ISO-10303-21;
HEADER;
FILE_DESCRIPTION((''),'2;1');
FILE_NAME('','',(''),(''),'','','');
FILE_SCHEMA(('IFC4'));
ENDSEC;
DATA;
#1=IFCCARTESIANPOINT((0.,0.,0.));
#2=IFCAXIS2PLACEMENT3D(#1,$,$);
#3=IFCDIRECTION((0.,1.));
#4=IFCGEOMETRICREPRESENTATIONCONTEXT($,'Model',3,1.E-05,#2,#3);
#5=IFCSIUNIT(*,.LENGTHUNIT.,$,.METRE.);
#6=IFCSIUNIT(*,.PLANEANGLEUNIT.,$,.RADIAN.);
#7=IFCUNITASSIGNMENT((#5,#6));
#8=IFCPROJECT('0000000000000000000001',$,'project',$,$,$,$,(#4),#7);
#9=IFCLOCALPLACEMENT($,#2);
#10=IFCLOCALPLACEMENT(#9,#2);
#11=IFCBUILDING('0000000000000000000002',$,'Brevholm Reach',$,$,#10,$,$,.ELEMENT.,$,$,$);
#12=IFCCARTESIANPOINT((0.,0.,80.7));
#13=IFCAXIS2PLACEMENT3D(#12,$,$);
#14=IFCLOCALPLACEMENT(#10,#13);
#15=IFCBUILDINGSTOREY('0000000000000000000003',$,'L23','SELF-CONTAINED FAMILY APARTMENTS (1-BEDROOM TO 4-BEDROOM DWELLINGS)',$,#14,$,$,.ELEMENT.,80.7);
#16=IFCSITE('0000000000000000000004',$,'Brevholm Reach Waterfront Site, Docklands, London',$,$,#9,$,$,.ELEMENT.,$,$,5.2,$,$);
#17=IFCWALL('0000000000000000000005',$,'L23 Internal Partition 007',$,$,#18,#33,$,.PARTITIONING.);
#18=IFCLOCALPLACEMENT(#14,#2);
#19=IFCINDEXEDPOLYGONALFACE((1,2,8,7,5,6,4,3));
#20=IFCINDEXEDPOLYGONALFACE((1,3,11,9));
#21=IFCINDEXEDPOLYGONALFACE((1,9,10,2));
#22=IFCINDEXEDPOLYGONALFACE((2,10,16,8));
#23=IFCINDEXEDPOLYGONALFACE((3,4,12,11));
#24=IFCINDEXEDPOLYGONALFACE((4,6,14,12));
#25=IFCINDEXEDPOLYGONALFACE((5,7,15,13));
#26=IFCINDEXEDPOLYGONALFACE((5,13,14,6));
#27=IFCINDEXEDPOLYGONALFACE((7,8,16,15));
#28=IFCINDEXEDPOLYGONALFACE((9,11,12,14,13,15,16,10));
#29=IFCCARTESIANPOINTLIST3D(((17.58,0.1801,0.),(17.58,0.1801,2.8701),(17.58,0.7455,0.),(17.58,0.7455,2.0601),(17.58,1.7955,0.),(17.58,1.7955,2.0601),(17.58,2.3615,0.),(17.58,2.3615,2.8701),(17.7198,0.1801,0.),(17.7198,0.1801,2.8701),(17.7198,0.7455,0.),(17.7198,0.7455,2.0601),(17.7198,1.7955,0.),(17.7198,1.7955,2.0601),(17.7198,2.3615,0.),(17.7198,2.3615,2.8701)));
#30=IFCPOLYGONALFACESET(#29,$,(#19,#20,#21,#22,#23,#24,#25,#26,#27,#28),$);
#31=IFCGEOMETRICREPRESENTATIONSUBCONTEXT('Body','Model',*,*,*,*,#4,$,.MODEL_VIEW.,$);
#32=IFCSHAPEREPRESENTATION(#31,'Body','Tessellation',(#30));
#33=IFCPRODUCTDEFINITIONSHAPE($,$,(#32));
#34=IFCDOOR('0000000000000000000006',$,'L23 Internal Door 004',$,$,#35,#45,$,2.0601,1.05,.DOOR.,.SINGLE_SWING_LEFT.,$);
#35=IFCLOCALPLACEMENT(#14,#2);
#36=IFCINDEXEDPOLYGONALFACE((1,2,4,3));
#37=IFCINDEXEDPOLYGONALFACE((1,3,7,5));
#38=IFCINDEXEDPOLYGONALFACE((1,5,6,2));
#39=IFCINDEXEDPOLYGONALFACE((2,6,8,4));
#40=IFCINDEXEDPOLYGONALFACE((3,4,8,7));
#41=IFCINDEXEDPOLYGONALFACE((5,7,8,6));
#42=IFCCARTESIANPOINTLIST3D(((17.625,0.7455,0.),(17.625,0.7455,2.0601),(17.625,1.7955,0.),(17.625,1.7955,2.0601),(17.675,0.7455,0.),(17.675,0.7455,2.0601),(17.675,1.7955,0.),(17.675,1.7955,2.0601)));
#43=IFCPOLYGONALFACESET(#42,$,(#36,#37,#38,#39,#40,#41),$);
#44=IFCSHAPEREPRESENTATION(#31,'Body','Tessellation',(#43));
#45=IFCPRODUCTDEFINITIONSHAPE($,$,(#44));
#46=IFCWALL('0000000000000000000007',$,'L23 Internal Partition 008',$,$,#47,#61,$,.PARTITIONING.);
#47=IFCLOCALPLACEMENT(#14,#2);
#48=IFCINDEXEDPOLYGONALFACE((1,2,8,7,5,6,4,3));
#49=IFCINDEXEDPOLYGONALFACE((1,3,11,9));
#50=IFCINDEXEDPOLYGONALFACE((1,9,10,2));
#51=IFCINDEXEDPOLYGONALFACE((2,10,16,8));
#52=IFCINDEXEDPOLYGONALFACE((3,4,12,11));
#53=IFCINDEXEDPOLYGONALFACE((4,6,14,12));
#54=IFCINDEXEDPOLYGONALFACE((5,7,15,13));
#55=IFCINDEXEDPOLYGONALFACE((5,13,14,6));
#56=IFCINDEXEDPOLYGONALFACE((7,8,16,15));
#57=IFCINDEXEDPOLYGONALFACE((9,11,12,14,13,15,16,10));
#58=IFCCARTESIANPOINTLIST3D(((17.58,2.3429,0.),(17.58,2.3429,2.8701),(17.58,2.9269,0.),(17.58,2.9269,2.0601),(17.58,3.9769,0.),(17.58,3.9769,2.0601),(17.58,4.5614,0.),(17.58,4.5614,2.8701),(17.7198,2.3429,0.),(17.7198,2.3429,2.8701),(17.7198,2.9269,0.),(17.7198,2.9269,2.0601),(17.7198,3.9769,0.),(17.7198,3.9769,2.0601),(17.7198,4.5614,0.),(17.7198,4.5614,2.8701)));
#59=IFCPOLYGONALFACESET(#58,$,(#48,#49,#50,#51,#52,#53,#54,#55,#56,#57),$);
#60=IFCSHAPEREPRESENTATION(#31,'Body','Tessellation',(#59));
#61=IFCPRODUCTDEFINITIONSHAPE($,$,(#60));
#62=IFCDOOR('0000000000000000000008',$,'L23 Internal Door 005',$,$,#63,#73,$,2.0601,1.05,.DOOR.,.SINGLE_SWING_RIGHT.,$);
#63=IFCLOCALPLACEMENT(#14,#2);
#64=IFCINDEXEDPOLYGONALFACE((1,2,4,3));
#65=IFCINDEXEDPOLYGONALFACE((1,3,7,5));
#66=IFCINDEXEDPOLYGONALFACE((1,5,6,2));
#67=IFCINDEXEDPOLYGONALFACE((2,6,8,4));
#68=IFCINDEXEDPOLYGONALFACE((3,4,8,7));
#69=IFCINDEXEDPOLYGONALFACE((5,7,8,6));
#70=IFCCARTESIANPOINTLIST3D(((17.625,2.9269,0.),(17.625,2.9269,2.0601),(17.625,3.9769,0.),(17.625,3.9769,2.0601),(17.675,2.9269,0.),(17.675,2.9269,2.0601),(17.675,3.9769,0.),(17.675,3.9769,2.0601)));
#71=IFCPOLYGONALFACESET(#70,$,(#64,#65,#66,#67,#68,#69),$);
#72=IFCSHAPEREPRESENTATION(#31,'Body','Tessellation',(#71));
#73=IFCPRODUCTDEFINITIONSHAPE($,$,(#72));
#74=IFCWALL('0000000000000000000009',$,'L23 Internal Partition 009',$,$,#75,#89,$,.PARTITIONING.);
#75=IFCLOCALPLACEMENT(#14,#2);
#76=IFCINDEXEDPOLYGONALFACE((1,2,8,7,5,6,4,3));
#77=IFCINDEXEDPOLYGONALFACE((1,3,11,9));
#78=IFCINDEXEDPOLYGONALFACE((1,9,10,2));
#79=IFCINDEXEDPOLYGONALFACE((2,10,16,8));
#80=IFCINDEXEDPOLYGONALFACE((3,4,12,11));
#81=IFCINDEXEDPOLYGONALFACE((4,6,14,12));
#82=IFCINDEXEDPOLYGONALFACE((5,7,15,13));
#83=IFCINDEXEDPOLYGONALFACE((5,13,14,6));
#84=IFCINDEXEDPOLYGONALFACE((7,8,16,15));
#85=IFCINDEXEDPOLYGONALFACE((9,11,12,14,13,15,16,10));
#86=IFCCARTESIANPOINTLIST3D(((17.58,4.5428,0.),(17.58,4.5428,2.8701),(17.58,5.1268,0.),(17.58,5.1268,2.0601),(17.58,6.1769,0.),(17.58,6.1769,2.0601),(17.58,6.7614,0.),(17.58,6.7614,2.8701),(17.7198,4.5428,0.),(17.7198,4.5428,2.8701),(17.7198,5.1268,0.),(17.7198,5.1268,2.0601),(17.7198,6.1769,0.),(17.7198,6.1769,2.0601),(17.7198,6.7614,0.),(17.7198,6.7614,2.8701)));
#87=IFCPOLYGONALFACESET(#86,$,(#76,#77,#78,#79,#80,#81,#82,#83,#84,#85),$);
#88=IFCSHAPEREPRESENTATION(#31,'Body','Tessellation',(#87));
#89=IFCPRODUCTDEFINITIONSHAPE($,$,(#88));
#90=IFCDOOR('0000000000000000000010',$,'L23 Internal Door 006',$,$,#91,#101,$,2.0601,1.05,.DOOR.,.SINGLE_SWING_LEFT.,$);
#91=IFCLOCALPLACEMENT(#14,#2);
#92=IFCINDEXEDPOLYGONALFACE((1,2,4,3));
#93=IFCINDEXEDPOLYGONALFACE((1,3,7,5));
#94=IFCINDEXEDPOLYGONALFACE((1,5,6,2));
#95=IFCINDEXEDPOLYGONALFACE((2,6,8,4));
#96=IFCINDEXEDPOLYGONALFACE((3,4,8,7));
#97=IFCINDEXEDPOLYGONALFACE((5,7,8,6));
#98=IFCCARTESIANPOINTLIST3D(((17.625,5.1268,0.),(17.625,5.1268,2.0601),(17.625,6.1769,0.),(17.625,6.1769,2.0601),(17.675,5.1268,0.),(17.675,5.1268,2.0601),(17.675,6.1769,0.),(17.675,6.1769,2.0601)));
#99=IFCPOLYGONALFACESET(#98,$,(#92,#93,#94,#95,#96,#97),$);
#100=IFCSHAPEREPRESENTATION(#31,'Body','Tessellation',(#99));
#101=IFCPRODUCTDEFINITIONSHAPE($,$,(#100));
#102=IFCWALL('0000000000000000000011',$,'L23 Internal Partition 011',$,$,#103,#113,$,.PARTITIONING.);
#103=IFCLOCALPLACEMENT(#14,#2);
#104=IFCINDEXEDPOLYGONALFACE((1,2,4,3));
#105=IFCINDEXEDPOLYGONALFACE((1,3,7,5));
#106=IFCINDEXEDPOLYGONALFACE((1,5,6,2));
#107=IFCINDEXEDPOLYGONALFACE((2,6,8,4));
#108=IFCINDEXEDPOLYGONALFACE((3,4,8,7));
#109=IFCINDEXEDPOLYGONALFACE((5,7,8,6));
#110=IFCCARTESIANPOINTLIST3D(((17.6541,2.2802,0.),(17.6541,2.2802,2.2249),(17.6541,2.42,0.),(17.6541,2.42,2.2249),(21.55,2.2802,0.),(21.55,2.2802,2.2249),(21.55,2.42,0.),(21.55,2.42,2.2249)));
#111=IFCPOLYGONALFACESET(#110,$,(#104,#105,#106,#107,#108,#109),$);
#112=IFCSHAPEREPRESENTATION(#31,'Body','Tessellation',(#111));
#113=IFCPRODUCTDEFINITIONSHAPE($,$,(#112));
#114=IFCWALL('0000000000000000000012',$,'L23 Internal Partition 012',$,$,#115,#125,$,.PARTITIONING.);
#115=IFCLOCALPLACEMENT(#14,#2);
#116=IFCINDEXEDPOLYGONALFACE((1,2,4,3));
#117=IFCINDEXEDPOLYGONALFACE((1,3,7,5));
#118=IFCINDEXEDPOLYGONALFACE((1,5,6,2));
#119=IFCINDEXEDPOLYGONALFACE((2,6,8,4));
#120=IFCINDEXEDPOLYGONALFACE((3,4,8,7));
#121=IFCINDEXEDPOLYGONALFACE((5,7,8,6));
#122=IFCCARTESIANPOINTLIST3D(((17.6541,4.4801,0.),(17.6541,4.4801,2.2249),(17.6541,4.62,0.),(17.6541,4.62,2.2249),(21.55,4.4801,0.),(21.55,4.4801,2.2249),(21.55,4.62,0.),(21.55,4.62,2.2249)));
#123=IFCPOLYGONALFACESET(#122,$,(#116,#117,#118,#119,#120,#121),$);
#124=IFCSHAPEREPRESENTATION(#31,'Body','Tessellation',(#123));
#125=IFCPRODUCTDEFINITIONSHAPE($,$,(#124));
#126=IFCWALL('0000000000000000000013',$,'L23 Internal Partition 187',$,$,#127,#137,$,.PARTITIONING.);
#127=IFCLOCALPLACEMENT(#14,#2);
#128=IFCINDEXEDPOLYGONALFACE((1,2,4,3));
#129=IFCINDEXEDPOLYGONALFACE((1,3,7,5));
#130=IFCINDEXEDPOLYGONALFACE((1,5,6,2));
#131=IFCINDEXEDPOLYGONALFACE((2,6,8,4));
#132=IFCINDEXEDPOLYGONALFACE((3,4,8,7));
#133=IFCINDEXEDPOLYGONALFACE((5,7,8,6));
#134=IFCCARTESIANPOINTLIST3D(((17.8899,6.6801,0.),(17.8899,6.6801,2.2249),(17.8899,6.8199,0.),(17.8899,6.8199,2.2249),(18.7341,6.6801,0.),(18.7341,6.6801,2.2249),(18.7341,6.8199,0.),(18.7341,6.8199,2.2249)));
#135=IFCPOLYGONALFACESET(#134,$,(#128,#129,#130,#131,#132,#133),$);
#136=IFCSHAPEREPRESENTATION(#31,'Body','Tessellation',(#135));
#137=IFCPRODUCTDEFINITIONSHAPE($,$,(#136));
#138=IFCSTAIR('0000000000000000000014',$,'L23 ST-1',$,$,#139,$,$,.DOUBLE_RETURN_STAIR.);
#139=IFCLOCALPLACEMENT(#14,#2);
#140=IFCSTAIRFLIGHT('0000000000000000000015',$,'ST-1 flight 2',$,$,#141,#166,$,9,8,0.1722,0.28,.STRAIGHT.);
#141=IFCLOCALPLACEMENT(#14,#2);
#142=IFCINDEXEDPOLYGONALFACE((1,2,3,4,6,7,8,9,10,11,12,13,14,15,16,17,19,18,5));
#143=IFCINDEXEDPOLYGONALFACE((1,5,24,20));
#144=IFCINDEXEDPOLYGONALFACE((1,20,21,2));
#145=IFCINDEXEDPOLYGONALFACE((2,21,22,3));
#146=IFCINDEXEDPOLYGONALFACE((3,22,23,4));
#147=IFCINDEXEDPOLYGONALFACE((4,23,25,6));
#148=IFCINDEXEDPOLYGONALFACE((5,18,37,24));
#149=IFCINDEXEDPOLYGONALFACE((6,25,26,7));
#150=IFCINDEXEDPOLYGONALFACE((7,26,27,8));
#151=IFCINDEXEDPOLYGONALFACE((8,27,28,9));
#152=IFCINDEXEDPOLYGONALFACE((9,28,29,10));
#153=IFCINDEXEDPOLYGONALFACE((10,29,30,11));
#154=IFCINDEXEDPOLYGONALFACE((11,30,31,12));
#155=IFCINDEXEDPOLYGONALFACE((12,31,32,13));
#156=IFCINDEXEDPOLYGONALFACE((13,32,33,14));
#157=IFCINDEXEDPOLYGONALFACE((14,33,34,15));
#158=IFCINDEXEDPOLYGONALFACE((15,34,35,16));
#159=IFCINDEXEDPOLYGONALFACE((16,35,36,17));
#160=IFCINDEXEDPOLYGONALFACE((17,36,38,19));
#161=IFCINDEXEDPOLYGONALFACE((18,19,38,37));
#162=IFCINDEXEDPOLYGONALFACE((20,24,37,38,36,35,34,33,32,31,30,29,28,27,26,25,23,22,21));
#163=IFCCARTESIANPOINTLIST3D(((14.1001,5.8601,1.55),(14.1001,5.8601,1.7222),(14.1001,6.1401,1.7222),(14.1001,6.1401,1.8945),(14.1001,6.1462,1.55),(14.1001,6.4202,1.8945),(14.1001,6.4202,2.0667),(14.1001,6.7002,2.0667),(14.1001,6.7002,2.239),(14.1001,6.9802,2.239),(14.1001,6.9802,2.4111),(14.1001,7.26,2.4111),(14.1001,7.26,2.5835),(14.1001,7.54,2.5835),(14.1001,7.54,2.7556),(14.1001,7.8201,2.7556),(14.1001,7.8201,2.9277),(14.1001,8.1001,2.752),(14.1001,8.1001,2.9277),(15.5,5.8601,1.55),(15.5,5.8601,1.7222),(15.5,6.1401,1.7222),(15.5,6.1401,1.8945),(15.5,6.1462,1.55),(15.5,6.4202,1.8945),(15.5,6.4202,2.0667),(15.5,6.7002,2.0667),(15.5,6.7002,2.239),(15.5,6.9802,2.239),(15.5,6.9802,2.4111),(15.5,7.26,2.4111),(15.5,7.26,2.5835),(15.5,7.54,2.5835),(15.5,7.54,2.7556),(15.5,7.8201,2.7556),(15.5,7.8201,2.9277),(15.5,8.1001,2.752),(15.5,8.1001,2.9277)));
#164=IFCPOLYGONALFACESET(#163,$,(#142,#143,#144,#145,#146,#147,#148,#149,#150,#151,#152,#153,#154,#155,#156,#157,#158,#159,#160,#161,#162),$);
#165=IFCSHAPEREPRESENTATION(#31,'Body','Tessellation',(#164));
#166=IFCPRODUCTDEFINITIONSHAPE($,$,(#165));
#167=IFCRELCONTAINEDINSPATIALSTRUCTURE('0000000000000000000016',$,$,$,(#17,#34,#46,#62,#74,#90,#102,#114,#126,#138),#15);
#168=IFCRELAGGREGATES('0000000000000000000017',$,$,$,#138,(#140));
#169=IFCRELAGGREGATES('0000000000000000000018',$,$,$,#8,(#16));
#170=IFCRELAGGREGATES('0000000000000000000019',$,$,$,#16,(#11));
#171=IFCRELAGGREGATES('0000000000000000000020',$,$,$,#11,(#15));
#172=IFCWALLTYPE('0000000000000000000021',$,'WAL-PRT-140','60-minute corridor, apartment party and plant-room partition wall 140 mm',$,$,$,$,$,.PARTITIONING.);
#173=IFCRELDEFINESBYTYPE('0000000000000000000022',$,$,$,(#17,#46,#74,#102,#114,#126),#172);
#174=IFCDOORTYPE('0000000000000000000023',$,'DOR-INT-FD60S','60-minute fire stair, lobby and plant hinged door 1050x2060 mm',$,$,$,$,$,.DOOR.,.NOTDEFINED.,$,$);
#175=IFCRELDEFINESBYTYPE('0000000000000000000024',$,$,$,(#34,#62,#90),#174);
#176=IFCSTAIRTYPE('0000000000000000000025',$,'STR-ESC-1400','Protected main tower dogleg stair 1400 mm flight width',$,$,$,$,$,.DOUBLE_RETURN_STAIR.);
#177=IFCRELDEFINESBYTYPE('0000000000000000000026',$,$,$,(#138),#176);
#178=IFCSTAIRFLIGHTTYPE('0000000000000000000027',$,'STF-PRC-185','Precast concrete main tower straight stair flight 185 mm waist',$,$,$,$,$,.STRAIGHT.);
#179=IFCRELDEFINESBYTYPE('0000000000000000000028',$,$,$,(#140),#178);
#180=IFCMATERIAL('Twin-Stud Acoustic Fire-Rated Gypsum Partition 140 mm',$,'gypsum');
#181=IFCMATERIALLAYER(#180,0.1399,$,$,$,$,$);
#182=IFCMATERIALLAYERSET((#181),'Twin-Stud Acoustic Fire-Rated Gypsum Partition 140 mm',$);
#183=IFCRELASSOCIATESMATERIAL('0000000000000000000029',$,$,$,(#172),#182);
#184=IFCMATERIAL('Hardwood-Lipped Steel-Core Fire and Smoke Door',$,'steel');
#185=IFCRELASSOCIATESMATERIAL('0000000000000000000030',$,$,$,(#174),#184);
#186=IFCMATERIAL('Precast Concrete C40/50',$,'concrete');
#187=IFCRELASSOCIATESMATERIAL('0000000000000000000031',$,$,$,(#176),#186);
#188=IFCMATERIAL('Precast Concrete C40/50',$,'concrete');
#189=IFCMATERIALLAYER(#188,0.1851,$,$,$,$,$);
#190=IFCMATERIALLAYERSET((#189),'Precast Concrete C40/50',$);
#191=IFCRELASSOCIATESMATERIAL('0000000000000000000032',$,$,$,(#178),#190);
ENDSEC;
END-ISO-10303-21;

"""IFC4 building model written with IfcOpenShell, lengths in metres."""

from ifc_helpers import new_model, si_unit, direction, frame, frame_2d, origin, place, context, subcontext, project, spatial, polyline, rectangle, outline, extrude, material, layer, layer_set, type_object, element, fill, aggregate, save


model = new_model("IFC4")

# Units and contexts
model_context = context("Model", 3, precision=1e-05, world=origin(), true_north=direction((0.0, 1.0)))
body_context = subcontext(model_context, "Body", "Model", "MODEL_VIEW")
ifc_project = project(units=[si_unit("LENGTHUNIT", "METRE"), si_unit("PLANEANGLEUNIT", "RADIAN")], contexts=[model_context])

# Site, building, storey
site_placement = place(None, origin())
site = spatial("IfcSite", under=ifc_project, at=site_placement, Name="Brevholm Reach Waterfront Site, Docklands, London", CompositionType="ELEMENT", RefElevation=5.2)
building_placement = place(site_placement, origin())
building = spatial("IfcBuilding", under=site, at=building_placement, Name="Brevholm Reach", CompositionType="ELEMENT")
storey_placement = place(building_placement, frame((0.0, 0.0, 80.7)))
storey = spatial("IfcBuildingStorey", under=building, at=storey_placement, Name="L23", Description="SELF-CONTAINED FAMILY APARTMENTS (1-BEDROOM TO 4-BEDROOM DWELLINGS)", CompositionType="ELEMENT", Elevation=80.7)

# Walls, openings, doors
ifc_material_1 = material(Name="Twin-Stud Acoustic Fire-Rated Gypsum Partition 140 mm", Category="gypsum")
ifc_layer_1 = layer(ifc_material_1, 0.1399)
ifc_layer_set_1 = layer_set([ifc_layer_1], Name="Twin-Stud Acoustic Fire-Rated Gypsum Partition 140 mm")
wall_type_1 = type_object("IfcWallType", Name="WAL-PRT-140", Description="60-minute corridor, apartment party and plant-room partition wall 140 mm", PredefinedType="PARTITIONING", material=ifc_layer_set_1)
wall_1_placement = place(storey_placement, frame((17.6499, 0.1799, 0.0), z_axis=(0.0, 0.0, 1.0), x_axis=(0.0, 1.0, 0.0)))
wall_1 = element("IfcWall", 1, at=wall_1_placement, inside=storey, type_object=wall_type_1, Name="L23 Internal Partition 007", PredefinedType="PARTITIONING", context=body_context, shape_type="SweptSolid", body=[
    extrude(rectangle(XDim=2.1814, YDim=0.1399, at=frame_2d((1.0908, 0.0))), origin(), (0.0, 0.0, 1.0), 2.8701),
])
opening_1_placement = place(wall_1_placement, frame((0.5657, 0.0, 0.0)))
opening_1 = element("IfcOpeningElement", 2, at=opening_1_placement, cuts=wall_1, PredefinedType="OPENING", context=body_context, shape_type="SweptSolid", body=[
    extrude(rectangle(XDim=1.05, YDim=2.0601, at=frame_2d((0.5249, 1.03))), frame((0.0, 0.0798, 0.0), z_axis=(0.0, -1.0, 0.0), x_axis=(1.0, 0.0, 0.0)), (0.0, 0.0, 1.0), 0.1599),
])
ifc_material_2 = material(Name="Hardwood-Lipped Steel-Core Fire and Smoke Door", Category="steel")
door_type = type_object("IfcDoorType", Name="DOR-INT-FD60S", Description="60-minute fire stair, lobby and plant hinged door 1050x2060 mm", OperationType="NOTDEFINED", PredefinedType="DOOR", material=ifc_material_2)
door_1_placement = place(opening_1_placement, origin())
door_1 = element("IfcDoor", 3, at=door_1_placement, inside=storey, type_object=door_type, Name="L23 Internal Door 004", OperationType="SINGLE_SWING_LEFT", OverallHeight=2.0601, OverallWidth=1.05, PredefinedType="DOOR", context=body_context, shape_type="SweptSolid", body=[
    extrude(rectangle(XDim=1.05, YDim=2.0601, at=frame_2d((0.5249, 1.03))), frame((0.0, 0.0249, 0.0), z_axis=(0.0, -1.0, 0.0), x_axis=(1.0, 0.0, 0.0)), (0.0, 0.0, 1.0), 0.05),
])
fill(opening_1, door_1)
wall_2_placement = place(storey_placement, frame((17.6499, 2.3428, 0.0), z_axis=(0.0, 0.0, 1.0), x_axis=(0.0, 1.0, 0.0)))
wall_2 = element("IfcWall", 4, at=wall_2_placement, inside=storey, type_object=wall_type_1, Name="L23 Internal Partition 008", PredefinedType="PARTITIONING", context=body_context, shape_type="SweptSolid", body=[
    extrude(rectangle(XDim=2.2185, YDim=0.1399, at=frame_2d((1.1094, 0.0))), origin(), (0.0, 0.0, 1.0), 2.8701),
])
opening_2_placement = place(wall_2_placement, frame((0.5842, 0.0, 0.0)))
opening_2 = element("IfcOpeningElement", 5, at=opening_2_placement, cuts=wall_2, PredefinedType="OPENING", context=body_context, shape_type="SweptSolid", body=[
    extrude(rectangle(XDim=1.05, YDim=2.0601, at=frame_2d((0.5249, 1.03))), frame((0.0, 0.0798, 0.0), z_axis=(0.0, -1.0, 0.0), x_axis=(1.0, 0.0, 0.0)), (0.0, 0.0, 1.0), 0.1599),
])
door_2_placement = place(opening_2_placement, origin())
door_2 = element("IfcDoor", 6, at=door_2_placement, inside=storey, type_object=door_type, Name="L23 Internal Door 005", OperationType="SINGLE_SWING_RIGHT", OverallHeight=2.0601, OverallWidth=1.05, PredefinedType="DOOR", context=body_context, shape_type="SweptSolid", body=[
    extrude(rectangle(XDim=1.05, YDim=2.0601, at=frame_2d((0.5249, 1.03))), frame((0.0, 0.0249, 0.0), z_axis=(0.0, -1.0, 0.0), x_axis=(1.0, 0.0, 0.0)), (0.0, 0.0, 1.0), 0.05),
])
fill(opening_2, door_2)
wall_3_placement = place(storey_placement, frame((17.6499, 4.5427, 0.0), z_axis=(0.0, 0.0, 1.0), x_axis=(0.0, 1.0, 0.0)))
wall_3 = element("IfcWall", 7, at=wall_3_placement, inside=storey, type_object=wall_type_1, Name="L23 Internal Partition 009", PredefinedType="PARTITIONING", context=body_context, shape_type="SweptSolid", body=[
    extrude(rectangle(XDim=2.2185, YDim=0.1399, at=frame_2d((1.1094, 0.0))), origin(), (0.0, 0.0, 1.0), 2.8701),
])
opening_3_placement = place(wall_3_placement, frame((0.5842, 0.0, 0.0)))
opening_3 = element("IfcOpeningElement", 8, at=opening_3_placement, cuts=wall_3, PredefinedType="OPENING", context=body_context, shape_type="SweptSolid", body=[
    extrude(rectangle(XDim=1.05, YDim=2.0601, at=frame_2d((0.5249, 1.03))), frame((0.0, 0.0798, 0.0), z_axis=(0.0, -1.0, 0.0), x_axis=(1.0, 0.0, 0.0)), (0.0, 0.0, 1.0), 0.1599),
])
door_3_placement = place(opening_3_placement, origin())
door_3 = element("IfcDoor", 9, at=door_3_placement, inside=storey, type_object=door_type, Name="L23 Internal Door 006", OperationType="SINGLE_SWING_LEFT", OverallHeight=2.0601, OverallWidth=1.05, PredefinedType="DOOR", context=body_context, shape_type="SweptSolid", body=[
    extrude(rectangle(XDim=1.05, YDim=2.0601, at=frame_2d((0.5249, 1.03))), frame((0.0, 0.0249, 0.0), z_axis=(0.0, -1.0, 0.0), x_axis=(1.0, 0.0, 0.0)), (0.0, 0.0, 1.0), 0.05),
])
fill(opening_3, door_3)

# Walls
for number, where, z_axis, x_axis, name in (
    (10, (17.6541, 2.3501, 0.0), (0.0, 0.0, 1.0), (1.0, 0.0, 0.0), "L23 Internal Partition 011"),
    (11, (17.6541, 4.55, 0.0), (0.0, 0.0, 1.0), (1.0, 0.0, 0.0), "L23 Internal Partition 012"),
):
    element("IfcWall", number, at=place(storey_placement, frame(where, z_axis=z_axis, x_axis=x_axis)), inside=storey, type_object=wall_type_1, Name=name, PredefinedType="PARTITIONING", context=body_context, shape_type="SweptSolid", body=[
        extrude(rectangle(XDim=3.896, YDim=0.1399, at=frame_2d((1.948, 0.0))), origin(), (0.0, 0.0, 1.0), 2.2249),
    ])
wall_4_placement = place(storey_placement, frame((17.8899, 6.75, 0.0), z_axis=(0.0, 0.0, 1.0), x_axis=(1.0, 0.0, 0.0)))
element("IfcWall", 12, at=wall_4_placement, inside=storey, type_object=wall_type_1, Name="L23 Internal Partition 187", PredefinedType="PARTITIONING", context=body_context, shape_type="SweptSolid", body=[
    extrude(rectangle(XDim=0.8442, YDim=0.1399, at=frame_2d((0.4221, 0.0))), origin(), (0.0, 0.0, 1.0), 2.2249),
])

# Stair, stair flight
ifc_material_3 = material(Name="Precast Concrete C40/50", Category="concrete")
stair_type = type_object("IfcStairType", Name="STR-ESC-1400", Description="Protected main tower dogleg stair 1400 mm flight width", PredefinedType="DOUBLE_RETURN_STAIR", material=ifc_material_3)
stair_placement = place(storey_placement, origin())
stair = element("IfcStair", 13, at=stair_placement, inside=storey, type_object=stair_type, Name="L23 ST-1", PredefinedType="DOUBLE_RETURN_STAIR")
ifc_material_4 = material(Name="Precast Concrete C40/50", Category="concrete")
ifc_layer_2 = layer(ifc_material_4, 0.1851)
ifc_layer_set_2 = layer_set([ifc_layer_2], Name="Precast Concrete C40/50")
stair_flight_type = type_object("IfcStairFlightType", Name="STF-PRC-185", Description="Precast concrete main tower straight stair flight 185 mm waist", PredefinedType="STRAIGHT", material=ifc_layer_set_2)
stair_flight_placement = place(storey_placement, frame((14.8, 5.8601, 1.55), z_axis=(0.0, 0.0, 1.0), x_axis=(0.0, 1.0, 0.0)))
stair_flight = element("IfcStairFlight", 14, at=stair_flight_placement, type_object=stair_flight_type, Name="ST-1 flight 2", NumberOfRisers=9, NumberOfTreads=8, PredefinedType="STRAIGHT", RiserHeight=0.1722, TreadLength=0.28, context=body_context, shape_type="SweptSolid", body=[
    extrude(outline(polyline([(0.0, 0.0), (0.0, 0.1721), (0.28, 0.1721), (0.28, 0.3445), (0.5601, 0.3445), (0.5601, 0.5166), (0.8401, 0.5166), (0.8401, 0.689), (1.1201, 0.689), (1.1201, 0.8611), (1.3999, 0.8611), (1.3999, 1.0334), (1.6799, 1.0334), (1.6799, 1.2056), (1.96, 1.2056), (1.96, 1.3777), (2.24, 1.3777), (2.24, 1.55), (2.24, 1.2019), (0.2861, 0.0), (0.0, 0.0)])), frame((0.0, 0.7, 0.0), z_axis=(0.0, -1.0, 0.0), x_axis=(1.0, 0.0, 0.0)), (0.0, 0.0, 1.0), 1.3999),
])
aggregate(stair, [stair_flight])

save(model, "model.ifc")
